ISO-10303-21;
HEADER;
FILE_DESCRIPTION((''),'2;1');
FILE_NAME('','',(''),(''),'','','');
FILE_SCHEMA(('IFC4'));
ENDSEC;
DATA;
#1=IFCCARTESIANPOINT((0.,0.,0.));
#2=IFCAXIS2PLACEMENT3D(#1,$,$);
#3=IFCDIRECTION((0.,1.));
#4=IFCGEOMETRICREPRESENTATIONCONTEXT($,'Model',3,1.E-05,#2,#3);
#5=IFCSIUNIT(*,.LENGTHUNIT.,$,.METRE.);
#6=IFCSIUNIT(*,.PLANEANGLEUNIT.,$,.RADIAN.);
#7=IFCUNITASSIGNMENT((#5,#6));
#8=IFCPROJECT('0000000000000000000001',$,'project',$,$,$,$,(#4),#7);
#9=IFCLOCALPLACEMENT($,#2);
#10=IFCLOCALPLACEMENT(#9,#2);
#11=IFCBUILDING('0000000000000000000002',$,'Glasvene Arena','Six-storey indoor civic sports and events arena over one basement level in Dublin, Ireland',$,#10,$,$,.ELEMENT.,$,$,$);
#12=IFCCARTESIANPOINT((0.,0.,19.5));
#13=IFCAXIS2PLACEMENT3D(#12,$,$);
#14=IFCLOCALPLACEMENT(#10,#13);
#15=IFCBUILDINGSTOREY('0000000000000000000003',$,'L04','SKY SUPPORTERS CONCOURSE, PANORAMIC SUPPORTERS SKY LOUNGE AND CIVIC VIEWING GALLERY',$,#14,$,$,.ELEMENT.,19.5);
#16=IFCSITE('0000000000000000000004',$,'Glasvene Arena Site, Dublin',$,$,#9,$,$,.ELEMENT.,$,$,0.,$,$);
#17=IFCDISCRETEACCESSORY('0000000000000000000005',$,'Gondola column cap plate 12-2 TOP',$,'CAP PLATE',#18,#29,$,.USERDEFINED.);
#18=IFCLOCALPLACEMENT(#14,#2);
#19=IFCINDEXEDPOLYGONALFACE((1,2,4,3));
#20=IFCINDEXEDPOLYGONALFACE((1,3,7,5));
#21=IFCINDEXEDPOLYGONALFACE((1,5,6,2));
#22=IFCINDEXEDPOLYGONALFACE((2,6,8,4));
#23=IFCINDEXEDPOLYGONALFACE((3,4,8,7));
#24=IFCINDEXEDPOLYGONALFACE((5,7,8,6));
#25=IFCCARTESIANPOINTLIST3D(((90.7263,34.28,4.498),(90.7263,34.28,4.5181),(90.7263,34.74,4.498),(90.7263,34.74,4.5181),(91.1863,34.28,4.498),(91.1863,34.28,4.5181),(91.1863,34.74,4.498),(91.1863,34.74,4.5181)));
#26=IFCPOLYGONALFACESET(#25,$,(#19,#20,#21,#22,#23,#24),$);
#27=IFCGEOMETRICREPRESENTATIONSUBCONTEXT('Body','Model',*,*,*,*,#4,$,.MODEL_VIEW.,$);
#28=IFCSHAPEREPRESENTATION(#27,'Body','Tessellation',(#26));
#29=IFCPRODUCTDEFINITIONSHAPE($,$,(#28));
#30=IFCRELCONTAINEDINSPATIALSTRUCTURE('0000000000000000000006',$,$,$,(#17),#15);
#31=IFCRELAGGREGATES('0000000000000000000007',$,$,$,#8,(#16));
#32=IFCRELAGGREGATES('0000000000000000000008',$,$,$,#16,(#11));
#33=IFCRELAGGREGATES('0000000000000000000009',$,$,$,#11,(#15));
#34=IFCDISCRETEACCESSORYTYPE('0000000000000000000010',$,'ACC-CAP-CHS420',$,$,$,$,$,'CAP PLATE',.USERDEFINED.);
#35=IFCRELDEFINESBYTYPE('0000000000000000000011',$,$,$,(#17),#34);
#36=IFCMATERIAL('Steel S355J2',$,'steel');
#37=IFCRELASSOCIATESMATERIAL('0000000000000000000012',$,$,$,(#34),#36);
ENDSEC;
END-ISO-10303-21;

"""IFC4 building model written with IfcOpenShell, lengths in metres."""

from ifc_helpers import new_model, si_unit, direction, frame, origin, origin_2d, place, context, subcontext, project, spatial, rectangle, extrude, material, type_object, element, save


model = new_model("IFC4")

# Units and contexts
model_context = context("Model", 3, precision=1e-05, world=origin(), true_north=direction((0.0, 1.0)))
body_context = subcontext(model_context, "Body", "Model", "MODEL_VIEW")
ifc_project = project(units=[si_unit("LENGTHUNIT", "METRE"), si_unit("PLANEANGLEUNIT", "RADIAN")], contexts=[model_context])

# Site, building, storey
site_placement = place(None, origin())
site = spatial("IfcSite", under=ifc_project, at=site_placement, Name="Glasvene Arena Site, Dublin", CompositionType="ELEMENT", RefElevation=0.0)
building_placement = place(site_placement, origin())
building = spatial("IfcBuilding", under=site, at=building_placement, Name="Glasvene Arena", Description="Six-storey indoor civic sports and events arena over one basement level in Dublin, Ireland", CompositionType="ELEMENT")
storey_placement = place(building_placement, frame((0.0, 0.0, 19.5)))
storey = spatial("IfcBuildingStorey", under=building, at=storey_placement, Name="L04", Description="SKY SUPPORTERS CONCOURSE, PANORAMIC SUPPORTERS SKY LOUNGE AND CIVIC VIEWING GALLERY", CompositionType="ELEMENT", Elevation=19.5)

# Shared definitions
ifc_material_1 = material(Name="Steel S355J2", Category="steel")

# Discrete accessory
discrete_accessory_type = type_object("IfcDiscreteAccessoryType", Name="ACC-CAP-CHS420", ElementType="CAP PLATE", PredefinedType="USERDEFINED", material=ifc_material_1)
for number, where, z_axis, x_axis, name in (
    (1, (90.9563, 34.51, 4.498), (0.0, 0.0, 1.0), (1.0, 0.0, 0.0), "Gondola column cap plate 12-2 TOP"),
):
    element("IfcDiscreteAccessory", number, at=place(storey_placement, frame(where, z_axis=z_axis, x_axis=x_axis)), inside=storey, type_object=discrete_accessory_type, Name=name, ObjectType="CAP PLATE", PredefinedType="USERDEFINED", context=body_context, shape_type="SweptSolid", body=[
        extrude(rectangle(XDim=0.46, YDim=0.46, at=origin_2d()), origin(), (0.0, 0.0, 1.0), 0.02),
    ])

save(model, "model.ifc")
